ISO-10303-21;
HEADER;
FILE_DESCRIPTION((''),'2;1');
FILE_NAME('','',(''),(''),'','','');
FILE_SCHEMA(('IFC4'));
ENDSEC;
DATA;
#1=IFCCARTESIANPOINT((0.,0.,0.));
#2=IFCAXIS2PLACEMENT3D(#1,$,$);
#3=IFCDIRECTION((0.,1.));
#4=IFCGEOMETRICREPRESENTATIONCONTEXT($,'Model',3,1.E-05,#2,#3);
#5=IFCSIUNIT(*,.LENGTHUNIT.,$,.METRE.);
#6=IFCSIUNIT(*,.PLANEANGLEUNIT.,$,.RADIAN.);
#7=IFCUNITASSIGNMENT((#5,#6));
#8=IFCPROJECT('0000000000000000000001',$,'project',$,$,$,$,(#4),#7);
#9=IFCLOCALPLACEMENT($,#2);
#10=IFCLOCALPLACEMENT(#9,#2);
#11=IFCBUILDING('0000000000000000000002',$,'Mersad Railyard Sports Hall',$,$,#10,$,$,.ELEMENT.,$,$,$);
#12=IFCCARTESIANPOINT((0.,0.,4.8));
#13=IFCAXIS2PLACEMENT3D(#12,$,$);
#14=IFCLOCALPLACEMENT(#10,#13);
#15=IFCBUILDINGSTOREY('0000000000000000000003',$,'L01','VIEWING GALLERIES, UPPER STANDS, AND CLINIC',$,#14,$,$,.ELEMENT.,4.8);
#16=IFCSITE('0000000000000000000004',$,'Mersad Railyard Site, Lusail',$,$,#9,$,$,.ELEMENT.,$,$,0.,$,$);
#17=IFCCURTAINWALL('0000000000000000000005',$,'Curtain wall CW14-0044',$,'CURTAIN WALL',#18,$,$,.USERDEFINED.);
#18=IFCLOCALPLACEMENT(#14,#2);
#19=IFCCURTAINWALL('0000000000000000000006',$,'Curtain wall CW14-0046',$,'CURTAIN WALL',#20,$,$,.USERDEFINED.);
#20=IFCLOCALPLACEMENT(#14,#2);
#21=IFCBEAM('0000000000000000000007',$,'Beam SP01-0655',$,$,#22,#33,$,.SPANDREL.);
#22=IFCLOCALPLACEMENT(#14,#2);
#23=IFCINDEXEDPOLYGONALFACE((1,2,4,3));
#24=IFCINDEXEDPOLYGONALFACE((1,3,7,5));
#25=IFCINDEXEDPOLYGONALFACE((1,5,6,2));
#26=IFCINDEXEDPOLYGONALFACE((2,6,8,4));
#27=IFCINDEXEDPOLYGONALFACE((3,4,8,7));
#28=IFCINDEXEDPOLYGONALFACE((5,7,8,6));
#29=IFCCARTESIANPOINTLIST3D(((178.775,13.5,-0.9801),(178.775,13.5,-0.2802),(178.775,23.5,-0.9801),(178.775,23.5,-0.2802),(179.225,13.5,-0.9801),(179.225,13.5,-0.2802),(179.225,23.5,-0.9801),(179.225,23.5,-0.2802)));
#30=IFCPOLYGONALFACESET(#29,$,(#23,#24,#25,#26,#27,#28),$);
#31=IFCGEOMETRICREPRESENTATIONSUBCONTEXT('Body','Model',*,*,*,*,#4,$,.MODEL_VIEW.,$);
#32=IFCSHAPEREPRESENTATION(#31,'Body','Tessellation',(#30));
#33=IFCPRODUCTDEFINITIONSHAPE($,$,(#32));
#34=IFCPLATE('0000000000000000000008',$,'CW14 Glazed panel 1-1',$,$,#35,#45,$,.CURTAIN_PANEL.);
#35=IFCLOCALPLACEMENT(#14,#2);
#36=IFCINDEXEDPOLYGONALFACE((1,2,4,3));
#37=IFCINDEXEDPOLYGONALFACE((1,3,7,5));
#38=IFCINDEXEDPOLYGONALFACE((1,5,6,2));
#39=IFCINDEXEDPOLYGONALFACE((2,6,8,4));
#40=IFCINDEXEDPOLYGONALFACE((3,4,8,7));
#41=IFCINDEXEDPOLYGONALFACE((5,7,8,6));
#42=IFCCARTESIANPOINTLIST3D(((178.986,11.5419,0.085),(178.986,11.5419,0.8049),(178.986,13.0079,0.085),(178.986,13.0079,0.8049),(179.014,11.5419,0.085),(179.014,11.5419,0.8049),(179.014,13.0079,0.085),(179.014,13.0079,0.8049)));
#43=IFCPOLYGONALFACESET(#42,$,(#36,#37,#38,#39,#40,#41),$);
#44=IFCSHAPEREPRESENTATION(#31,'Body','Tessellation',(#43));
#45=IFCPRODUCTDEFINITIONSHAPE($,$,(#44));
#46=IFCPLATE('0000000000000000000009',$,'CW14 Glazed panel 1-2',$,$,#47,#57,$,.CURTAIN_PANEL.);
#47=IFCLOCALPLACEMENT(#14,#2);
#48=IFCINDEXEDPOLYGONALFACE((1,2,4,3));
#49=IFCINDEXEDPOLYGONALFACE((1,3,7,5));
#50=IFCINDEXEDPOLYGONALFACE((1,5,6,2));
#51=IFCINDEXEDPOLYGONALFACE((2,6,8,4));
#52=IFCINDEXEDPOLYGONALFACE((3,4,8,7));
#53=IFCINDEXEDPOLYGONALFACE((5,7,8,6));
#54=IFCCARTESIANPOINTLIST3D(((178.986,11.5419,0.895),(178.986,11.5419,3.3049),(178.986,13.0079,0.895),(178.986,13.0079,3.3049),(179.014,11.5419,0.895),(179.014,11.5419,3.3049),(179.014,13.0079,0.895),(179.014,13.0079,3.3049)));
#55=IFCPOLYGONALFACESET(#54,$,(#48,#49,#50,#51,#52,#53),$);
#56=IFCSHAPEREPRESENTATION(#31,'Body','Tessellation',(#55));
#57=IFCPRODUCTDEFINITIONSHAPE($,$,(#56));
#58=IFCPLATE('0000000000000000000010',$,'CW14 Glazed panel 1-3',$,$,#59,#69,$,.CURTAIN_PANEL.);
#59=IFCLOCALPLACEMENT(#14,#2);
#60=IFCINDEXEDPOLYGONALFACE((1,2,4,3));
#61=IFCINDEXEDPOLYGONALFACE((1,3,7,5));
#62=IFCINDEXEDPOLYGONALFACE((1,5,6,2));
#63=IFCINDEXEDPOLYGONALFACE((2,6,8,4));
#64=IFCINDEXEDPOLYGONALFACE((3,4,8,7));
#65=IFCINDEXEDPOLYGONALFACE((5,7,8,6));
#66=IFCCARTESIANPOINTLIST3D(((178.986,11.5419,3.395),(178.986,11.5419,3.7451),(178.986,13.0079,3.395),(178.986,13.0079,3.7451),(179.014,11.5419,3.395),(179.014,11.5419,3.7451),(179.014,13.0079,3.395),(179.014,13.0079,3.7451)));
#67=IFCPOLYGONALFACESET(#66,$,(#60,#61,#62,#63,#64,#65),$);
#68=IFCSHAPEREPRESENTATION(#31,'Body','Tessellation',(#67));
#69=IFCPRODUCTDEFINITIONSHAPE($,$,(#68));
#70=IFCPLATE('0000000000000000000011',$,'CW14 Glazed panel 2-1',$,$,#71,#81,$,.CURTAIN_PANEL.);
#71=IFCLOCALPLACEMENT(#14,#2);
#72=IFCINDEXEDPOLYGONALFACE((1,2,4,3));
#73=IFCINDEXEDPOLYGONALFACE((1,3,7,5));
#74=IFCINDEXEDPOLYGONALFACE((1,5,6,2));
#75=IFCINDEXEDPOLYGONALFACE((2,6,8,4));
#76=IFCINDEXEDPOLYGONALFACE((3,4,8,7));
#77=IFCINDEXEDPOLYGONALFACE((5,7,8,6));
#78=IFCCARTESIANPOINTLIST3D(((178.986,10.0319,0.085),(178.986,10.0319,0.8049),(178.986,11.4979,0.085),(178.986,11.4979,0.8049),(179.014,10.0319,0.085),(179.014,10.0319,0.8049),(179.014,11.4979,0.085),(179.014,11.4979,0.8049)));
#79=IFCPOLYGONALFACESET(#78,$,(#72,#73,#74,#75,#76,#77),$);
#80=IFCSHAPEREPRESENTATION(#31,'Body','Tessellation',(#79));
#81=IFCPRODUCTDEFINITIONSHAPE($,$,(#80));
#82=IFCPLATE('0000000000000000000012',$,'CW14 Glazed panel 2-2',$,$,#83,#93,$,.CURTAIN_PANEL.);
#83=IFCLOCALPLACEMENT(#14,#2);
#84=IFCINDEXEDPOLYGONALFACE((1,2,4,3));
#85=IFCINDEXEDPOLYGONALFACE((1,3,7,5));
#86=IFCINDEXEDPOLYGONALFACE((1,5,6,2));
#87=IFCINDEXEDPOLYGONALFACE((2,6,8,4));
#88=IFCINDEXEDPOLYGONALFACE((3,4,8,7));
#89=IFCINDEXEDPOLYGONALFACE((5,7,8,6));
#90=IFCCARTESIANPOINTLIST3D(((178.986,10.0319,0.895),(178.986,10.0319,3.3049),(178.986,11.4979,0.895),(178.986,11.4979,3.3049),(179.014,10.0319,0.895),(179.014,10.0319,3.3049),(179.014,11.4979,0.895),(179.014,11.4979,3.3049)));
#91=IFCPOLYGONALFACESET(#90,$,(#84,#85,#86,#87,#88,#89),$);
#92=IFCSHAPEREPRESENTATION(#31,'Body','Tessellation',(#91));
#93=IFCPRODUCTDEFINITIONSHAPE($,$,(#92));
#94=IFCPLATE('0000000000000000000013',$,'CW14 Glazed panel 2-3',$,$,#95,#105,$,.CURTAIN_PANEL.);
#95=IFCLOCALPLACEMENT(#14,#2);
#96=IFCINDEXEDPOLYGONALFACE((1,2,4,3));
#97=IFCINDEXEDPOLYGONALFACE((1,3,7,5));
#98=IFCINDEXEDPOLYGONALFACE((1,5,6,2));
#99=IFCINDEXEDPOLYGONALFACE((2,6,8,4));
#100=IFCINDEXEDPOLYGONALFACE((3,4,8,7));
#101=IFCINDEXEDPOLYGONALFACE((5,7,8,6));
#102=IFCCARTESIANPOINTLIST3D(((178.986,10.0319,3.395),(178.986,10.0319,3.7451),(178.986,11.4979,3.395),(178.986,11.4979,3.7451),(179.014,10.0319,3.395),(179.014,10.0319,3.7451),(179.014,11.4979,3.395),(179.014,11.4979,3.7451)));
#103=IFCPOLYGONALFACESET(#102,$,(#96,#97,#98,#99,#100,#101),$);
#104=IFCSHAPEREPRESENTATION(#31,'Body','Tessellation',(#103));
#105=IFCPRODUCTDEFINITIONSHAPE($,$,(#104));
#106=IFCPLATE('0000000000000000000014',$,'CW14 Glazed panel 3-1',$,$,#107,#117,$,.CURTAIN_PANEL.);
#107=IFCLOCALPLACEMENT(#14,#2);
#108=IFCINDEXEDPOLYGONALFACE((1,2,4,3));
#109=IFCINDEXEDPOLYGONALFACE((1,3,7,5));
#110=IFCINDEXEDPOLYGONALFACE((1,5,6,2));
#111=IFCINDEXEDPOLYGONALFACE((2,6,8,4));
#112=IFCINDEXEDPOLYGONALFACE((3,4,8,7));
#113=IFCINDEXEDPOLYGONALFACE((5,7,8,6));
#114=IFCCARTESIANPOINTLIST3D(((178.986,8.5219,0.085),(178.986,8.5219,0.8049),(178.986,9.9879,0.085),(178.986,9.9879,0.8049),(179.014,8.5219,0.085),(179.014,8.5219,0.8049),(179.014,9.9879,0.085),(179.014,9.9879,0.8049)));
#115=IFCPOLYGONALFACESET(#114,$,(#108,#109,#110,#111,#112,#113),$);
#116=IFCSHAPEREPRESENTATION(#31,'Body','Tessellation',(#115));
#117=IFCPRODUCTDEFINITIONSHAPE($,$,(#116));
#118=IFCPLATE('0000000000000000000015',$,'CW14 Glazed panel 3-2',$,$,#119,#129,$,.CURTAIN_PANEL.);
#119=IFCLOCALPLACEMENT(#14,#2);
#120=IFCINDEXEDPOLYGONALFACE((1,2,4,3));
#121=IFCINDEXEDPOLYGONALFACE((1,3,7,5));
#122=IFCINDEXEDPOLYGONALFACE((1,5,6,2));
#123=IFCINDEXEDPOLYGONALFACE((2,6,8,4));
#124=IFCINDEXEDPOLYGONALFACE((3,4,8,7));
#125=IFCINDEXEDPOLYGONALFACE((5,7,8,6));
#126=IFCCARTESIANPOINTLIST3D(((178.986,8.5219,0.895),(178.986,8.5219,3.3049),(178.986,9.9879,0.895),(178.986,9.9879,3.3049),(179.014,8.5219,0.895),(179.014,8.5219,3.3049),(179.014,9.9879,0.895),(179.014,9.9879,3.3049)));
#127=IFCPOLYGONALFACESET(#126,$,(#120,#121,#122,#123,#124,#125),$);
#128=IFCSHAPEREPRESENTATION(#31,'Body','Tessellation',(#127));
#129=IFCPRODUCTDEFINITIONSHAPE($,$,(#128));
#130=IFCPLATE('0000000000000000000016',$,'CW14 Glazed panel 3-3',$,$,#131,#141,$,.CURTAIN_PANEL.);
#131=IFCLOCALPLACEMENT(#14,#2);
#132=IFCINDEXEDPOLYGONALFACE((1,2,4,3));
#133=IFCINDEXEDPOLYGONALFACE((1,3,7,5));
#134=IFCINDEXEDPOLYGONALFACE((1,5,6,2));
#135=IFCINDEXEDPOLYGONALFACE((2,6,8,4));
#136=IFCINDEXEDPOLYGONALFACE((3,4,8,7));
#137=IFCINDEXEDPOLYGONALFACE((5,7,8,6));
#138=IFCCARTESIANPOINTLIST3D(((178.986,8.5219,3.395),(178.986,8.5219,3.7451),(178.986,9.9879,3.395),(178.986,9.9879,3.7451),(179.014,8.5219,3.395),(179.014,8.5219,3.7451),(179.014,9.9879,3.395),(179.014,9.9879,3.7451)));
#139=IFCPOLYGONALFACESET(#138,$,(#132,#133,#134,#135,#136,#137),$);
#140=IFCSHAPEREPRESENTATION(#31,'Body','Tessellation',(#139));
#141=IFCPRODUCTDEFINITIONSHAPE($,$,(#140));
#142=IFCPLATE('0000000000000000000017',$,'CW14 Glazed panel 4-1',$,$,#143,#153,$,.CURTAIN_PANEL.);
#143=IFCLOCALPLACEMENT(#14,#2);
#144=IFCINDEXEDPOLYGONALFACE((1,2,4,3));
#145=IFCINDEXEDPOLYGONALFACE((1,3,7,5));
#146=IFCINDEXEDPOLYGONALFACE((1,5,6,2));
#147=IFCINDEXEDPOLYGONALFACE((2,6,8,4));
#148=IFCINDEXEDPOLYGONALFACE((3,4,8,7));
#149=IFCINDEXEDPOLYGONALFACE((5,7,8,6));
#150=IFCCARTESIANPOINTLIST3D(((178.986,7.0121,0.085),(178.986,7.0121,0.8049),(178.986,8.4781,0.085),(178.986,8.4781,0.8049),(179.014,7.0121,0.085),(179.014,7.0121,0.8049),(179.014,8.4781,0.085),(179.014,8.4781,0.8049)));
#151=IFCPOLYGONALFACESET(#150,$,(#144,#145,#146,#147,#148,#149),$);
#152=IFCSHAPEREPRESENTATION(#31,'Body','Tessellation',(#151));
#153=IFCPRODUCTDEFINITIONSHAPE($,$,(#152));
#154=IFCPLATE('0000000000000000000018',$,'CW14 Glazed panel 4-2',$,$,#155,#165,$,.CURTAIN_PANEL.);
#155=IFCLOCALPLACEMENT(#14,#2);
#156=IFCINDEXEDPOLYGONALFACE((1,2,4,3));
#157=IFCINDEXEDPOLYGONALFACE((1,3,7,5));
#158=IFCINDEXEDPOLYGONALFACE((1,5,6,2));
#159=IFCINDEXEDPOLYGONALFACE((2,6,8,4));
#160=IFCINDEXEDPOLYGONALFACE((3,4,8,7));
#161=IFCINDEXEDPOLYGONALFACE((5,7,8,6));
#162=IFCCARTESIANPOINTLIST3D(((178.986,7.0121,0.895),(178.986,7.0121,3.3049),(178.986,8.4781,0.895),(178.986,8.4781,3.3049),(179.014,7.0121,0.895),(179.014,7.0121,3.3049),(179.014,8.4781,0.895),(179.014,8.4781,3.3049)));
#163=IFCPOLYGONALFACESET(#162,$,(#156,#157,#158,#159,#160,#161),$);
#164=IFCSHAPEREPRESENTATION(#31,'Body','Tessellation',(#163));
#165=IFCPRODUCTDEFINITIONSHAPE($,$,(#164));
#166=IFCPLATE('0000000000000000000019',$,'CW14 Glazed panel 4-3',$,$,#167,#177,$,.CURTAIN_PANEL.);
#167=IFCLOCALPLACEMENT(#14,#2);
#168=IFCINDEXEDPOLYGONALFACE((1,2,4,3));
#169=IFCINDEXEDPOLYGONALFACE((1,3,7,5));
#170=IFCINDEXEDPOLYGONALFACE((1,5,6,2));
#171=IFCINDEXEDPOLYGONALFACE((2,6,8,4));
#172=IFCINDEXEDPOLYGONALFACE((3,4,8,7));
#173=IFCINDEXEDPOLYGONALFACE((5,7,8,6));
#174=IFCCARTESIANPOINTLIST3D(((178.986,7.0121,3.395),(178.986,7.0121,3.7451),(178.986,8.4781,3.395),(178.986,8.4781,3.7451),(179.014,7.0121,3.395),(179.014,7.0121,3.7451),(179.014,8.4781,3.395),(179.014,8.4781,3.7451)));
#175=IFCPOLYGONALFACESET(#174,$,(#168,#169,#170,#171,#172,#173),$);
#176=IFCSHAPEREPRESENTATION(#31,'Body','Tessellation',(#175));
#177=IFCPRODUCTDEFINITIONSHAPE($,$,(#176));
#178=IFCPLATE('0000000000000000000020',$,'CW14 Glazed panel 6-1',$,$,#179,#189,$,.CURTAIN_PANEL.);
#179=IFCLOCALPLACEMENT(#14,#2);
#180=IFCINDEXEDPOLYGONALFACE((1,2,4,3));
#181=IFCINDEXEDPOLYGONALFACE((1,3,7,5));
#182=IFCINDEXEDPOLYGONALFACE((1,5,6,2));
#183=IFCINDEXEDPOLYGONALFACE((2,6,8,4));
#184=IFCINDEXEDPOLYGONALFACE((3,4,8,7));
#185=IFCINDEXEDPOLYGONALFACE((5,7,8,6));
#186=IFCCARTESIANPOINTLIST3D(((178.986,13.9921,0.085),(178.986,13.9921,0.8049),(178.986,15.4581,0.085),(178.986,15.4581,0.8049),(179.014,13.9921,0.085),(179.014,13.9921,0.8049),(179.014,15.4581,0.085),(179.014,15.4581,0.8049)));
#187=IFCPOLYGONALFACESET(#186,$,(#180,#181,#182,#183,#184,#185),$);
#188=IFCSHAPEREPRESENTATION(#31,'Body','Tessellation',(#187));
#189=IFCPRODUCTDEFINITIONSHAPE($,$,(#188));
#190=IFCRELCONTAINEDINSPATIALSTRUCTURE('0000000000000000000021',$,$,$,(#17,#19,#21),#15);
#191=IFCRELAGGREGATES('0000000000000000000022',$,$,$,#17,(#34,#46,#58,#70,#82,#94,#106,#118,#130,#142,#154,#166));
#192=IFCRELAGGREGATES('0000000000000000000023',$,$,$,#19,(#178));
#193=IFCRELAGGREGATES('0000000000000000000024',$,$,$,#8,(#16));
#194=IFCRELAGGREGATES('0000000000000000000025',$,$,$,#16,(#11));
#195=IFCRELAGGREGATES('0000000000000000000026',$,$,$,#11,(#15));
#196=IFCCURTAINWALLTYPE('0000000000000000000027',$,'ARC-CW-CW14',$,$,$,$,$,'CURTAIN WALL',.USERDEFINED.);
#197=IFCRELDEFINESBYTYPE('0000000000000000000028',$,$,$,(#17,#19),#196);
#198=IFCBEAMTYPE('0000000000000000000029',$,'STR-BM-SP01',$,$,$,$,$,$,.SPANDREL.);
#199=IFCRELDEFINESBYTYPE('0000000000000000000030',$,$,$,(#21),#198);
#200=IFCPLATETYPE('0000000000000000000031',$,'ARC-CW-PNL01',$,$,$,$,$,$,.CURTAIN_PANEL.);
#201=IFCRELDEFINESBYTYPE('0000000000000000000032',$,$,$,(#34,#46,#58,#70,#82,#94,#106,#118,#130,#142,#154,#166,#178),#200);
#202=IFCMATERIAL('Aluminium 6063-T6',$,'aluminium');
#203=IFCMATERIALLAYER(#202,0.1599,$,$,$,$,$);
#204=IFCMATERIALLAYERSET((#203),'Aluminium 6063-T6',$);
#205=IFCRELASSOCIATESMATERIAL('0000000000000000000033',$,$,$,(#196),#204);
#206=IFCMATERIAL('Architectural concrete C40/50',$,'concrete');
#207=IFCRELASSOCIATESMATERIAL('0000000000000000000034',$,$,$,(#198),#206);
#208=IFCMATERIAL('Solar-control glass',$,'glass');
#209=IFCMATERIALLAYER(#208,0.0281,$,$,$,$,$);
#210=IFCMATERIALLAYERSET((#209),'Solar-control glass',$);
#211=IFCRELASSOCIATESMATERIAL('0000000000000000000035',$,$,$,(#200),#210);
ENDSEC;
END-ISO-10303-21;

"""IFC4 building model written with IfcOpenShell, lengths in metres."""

from ifc_helpers import new_model, si_unit, direction, frame, origin, origin_2d, place, context, subcontext, project, spatial, rectangle, extrude, material, layer, layer_set, material_profile, profile_set, type_object, element, aggregate, save


model = new_model("IFC4")

# Units and contexts
model_context = context("Model", 3, precision=1e-05, world=origin(), true_north=direction((0.0, 1.0)))
body_context = subcontext(model_context, "Body", "Model", "MODEL_VIEW")
ifc_project = project(units=[si_unit("LENGTHUNIT", "METRE"), si_unit("PLANEANGLEUNIT", "RADIAN")], contexts=[model_context])

# Site, building, storey
site_placement = place(None, origin())
site = spatial("IfcSite", under=ifc_project, at=site_placement, Name="Mersad Railyard Site, Lusail", CompositionType="ELEMENT", RefElevation=0.0)
building_placement = place(site_placement, origin())
building = spatial("IfcBuilding", under=site, at=building_placement, Name="Mersad Railyard Sports Hall", CompositionType="ELEMENT")
storey_placement = place(building_placement, frame((0.0, 0.0, 4.8)))
storey = spatial("IfcBuildingStorey", under=building, at=storey_placement, Name="L01", Description="VIEWING GALLERIES, UPPER STANDS, AND CLINIC", CompositionType="ELEMENT", Elevation=4.8)

# Curtain wall
ifc_material_1 = material(Name="Aluminium 6063-T6", Category="aluminium")
ifc_layer_1 = layer(ifc_material_1, 0.1599)
ifc_layer_set_1 = layer_set([ifc_layer_1], Name="Aluminium 6063-T6")
curtain_wall_type = type_object("IfcCurtainWallType", Name="ARC-CW-CW14", ElementType="CURTAIN WALL", PredefinedType="USERDEFINED", material=ifc_layer_set_1)
curtain_wall_1_placement = place(storey_placement, origin())
curtain_wall_1 = element("IfcCurtainWall", 1, at=curtain_wall_1_placement, inside=storey, type_object=curtain_wall_type, Name="Curtain wall CW14-0044", ObjectType="CURTAIN WALL", PredefinedType="USERDEFINED")

# Curtain wall
curtain_wall_2_placement = place(storey_placement, origin())
curtain_wall_2 = element("IfcCurtainWall", 2, at=curtain_wall_2_placement, inside=storey, type_object=curtain_wall_type, Name="Curtain wall CW14-0046", ObjectType="CURTAIN WALL", PredefinedType="USERDEFINED")

# Beam
ifc_material_2 = material(Name="Architectural concrete C40/50", Category="concrete")
ifc_material_profile_1 = material_profile(ifc_material_2, rectangle(XDim=0.45, YDim=0.7, at=origin_2d()), Name="RC 450x700")
ifc_profile_set_1 = profile_set([ifc_material_profile_1], Name="Architectural concrete C40/50")
beam_type = type_object("IfcBeamType", Name="STR-BM-SP01", PredefinedType="SPANDREL", material=ifc_profile_set_1)
beam_placement = place(storey_placement, frame((179.0, 13.5, -0.6301), z_axis=(0.0, 1.0, 0.0), x_axis=(-1.0, 0.0, 0.0)))
element("IfcBeam", 3, at=beam_placement, inside=storey, type_object=beam_type, Name="Beam SP01-0655", PredefinedType="SPANDREL", context=body_context, shape_type="SweptSolid", body=[
    extrude(rectangle(XDim=0.45, YDim=0.7, at=origin_2d()), origin(), (0.0, 0.0, 1.0), 10.0),
])

# Plates
ifc_material_3 = material(Name="Solar-control glass", Category="glass")
ifc_layer_2 = layer(ifc_material_3, 0.0281)
ifc_layer_set_2 = layer_set([ifc_layer_2], Name="Solar-control glass")
plate_type = type_object("IfcPlateType", Name="ARC-CW-PNL01", PredefinedType="CURTAIN_PANEL", material=ifc_layer_set_2)
plate_1_placement = place(storey_placement, frame((179.0, 12.2749, 0.085), z_axis=(0.0, 0.0, 1.0), x_axis=(0.0, -1.0, 0.0)))
plate_1 = element("IfcPlate", 4, at=plate_1_placement, type_object=plate_type, Name="CW14 Glazed panel 1-1", PredefinedType="CURTAIN_PANEL", context=body_context, shape_type="SweptSolid", body=[
    extrude(rectangle(XDim=1.4661, YDim=0.0281, at=origin_2d()), origin(), (0.0, 0.0, 1.0), 0.72),
])
plate_2_placement = place(storey_placement, frame((179.0, 12.2749, 0.895), z_axis=(0.0, 0.0, 1.0), x_axis=(0.0, -1.0, 0.0)))
plate_2 = element("IfcPlate", 5, at=plate_2_placement, type_object=plate_type, Name="CW14 Glazed panel 1-2", PredefinedType="CURTAIN_PANEL", context=body_context, shape_type="SweptSolid", body=[
    extrude(rectangle(XDim=1.4661, YDim=0.0281, at=origin_2d()), origin(), (0.0, 0.0, 1.0), 2.4099),
])
plate_3_placement = place(storey_placement, frame((179.0, 12.2749, 3.395), z_axis=(0.0, 0.0, 1.0), x_axis=(0.0, -1.0, 0.0)))
plate_3 = element("IfcPlate", 6, at=plate_3_placement, type_object=plate_type, Name="CW14 Glazed panel 1-3", PredefinedType="CURTAIN_PANEL", context=body_context, shape_type="SweptSolid", body=[
    extrude(rectangle(XDim=1.4661, YDim=0.0281, at=origin_2d()), origin(), (0.0, 0.0, 1.0), 0.3501),
])
plate_4_placement = place(storey_placement, frame((179.0, 10.7649, 0.085), z_axis=(0.0, 0.0, 1.0), x_axis=(0.0, -1.0, 0.0)))
plate_4 = element("IfcPlate", 7, at=plate_4_placement, type_object=plate_type, Name="CW14 Glazed panel 2-1", PredefinedType="CURTAIN_PANEL", context=body_context, shape_type="SweptSolid", body=[
    extrude(rectangle(XDim=1.4661, YDim=0.0281, at=origin_2d()), origin(), (0.0, 0.0, 1.0), 0.72),
])
plate_5_placement = place(storey_placement, frame((179.0, 10.7649, 0.895), z_axis=(0.0, 0.0, 1.0), x_axis=(0.0, -1.0, 0.0)))
plate_5 = element("IfcPlate", 8, at=plate_5_placement, type_object=plate_type, Name="CW14 Glazed panel 2-2", PredefinedType="CURTAIN_PANEL", context=body_context, shape_type="SweptSolid", body=[
    extrude(rectangle(XDim=1.4661, YDim=0.0281, at=origin_2d()), origin(), (0.0, 0.0, 1.0), 2.4099),
])
plate_6_placement = place(storey_placement, frame((179.0, 10.7649, 3.395), z_axis=(0.0, 0.0, 1.0), x_axis=(0.0, -1.0, 0.0)))
plate_6 = element("IfcPlate", 9, at=plate_6_placement, type_object=plate_type, Name="CW14 Glazed panel 2-3", PredefinedType="CURTAIN_PANEL", context=body_context, shape_type="SweptSolid", body=[
    extrude(rectangle(XDim=1.4661, YDim=0.0281, at=origin_2d()), origin(), (0.0, 0.0, 1.0), 0.3501),
])
plate_7_placement = place(storey_placement, frame((179.0, 9.2549, 0.085), z_axis=(0.0, 0.0, 1.0), x_axis=(0.0, -1.0, 0.0)))
plate_7 = element("IfcPlate", 10, at=plate_7_placement, type_object=plate_type, Name="CW14 Glazed panel 3-1", PredefinedType="CURTAIN_PANEL", context=body_context, shape_type="SweptSolid", body=[
    extrude(rectangle(XDim=1.4661, YDim=0.0281, at=origin_2d()), origin(), (0.0, 0.0, 1.0), 0.72),
])
plate_8_placement = place(storey_placement, frame((179.0, 9.2549, 0.895), z_axis=(0.0, 0.0, 1.0), x_axis=(0.0, -1.0, 0.0)))
plate_8 = element("IfcPlate", 11, at=plate_8_placement, type_object=plate_type, Name="CW14 Glazed panel 3-2", PredefinedType="CURTAIN_PANEL", context=body_context, shape_type="SweptSolid", body=[
    extrude(rectangle(XDim=1.4661, YDim=0.0281, at=origin_2d()), origin(), (0.0, 0.0, 1.0), 2.4099),
])
plate_9_placement = place(storey_placement, frame((179.0, 9.2549, 3.395), z_axis=(0.0, 0.0, 1.0), x_axis=(0.0, -1.0, 0.0)))
plate_9 = element("IfcPlate", 12, at=plate_9_placement, type_object=plate_type, Name="CW14 Glazed panel 3-3", PredefinedType="CURTAIN_PANEL", context=body_context, shape_type="SweptSolid", body=[
    extrude(rectangle(XDim=1.4661, YDim=0.0281, at=origin_2d()), origin(), (0.0, 0.0, 1.0), 0.3501),
])
plate_10_placement = place(storey_placement, frame((179.0, 7.7451, 0.085), z_axis=(0.0, 0.0, 1.0), x_axis=(0.0, -1.0, 0.0)))
plate_10 = element("IfcPlate", 13, at=plate_10_placement, type_object=plate_type, Name="CW14 Glazed panel 4-1", PredefinedType="CURTAIN_PANEL", context=body_context, shape_type="SweptSolid", body=[
    extrude(rectangle(XDim=1.4661, YDim=0.0281, at=origin_2d()), origin(), (0.0, 0.0, 1.0), 0.72),
])
plate_11_placement = place(storey_placement, frame((179.0, 7.7451, 0.895), z_axis=(0.0, 0.0, 1.0), x_axis=(0.0, -1.0, 0.0)))
plate_11 = element("IfcPlate", 14, at=plate_11_placement, type_object=plate_type, Name="CW14 Glazed panel 4-2", PredefinedType="CURTAIN_PANEL", context=body_context, shape_type="SweptSolid", body=[
    extrude(rectangle(XDim=1.4661, YDim=0.0281, at=origin_2d()), origin(), (0.0, 0.0, 1.0), 2.4099),
])
plate_12_placement = place(storey_placement, frame((179.0, 7.7451, 3.395), z_axis=(0.0, 0.0, 1.0), x_axis=(0.0, -1.0, 0.0)))
plate_12 = element("IfcPlate", 15, at=plate_12_placement, type_object=plate_type, Name="CW14 Glazed panel 4-3", PredefinedType="CURTAIN_PANEL", context=body_context, shape_type="SweptSolid", body=[
    extrude(rectangle(XDim=1.4661, YDim=0.0281, at=origin_2d()), origin(), (0.0, 0.0, 1.0), 0.3501),
])
aggregate(curtain_wall_1, [plate_1, plate_2, plate_3, plate_4, plate_5, plate_6, plate_7, plate_8, plate_9, plate_10, plate_11, plate_12])
plate_13_placement = place(storey_placement, frame((179.0, 14.7251, 0.085), z_axis=(0.0, 0.0, 1.0), x_axis=(0.0, -1.0, 0.0)))
plate_13 = element("IfcPlate", 16, at=plate_13_placement, type_object=plate_type, Name="CW14 Glazed panel 6-1", PredefinedType="CURTAIN_PANEL", context=body_context, shape_type="SweptSolid", body=[
    extrude(rectangle(XDim=1.4661, YDim=0.0281, at=origin_2d()), origin(), (0.0, 0.0, 1.0), 0.72),
])
aggregate(curtain_wall_2, [plate_13])

save(model, "model.ifc")
